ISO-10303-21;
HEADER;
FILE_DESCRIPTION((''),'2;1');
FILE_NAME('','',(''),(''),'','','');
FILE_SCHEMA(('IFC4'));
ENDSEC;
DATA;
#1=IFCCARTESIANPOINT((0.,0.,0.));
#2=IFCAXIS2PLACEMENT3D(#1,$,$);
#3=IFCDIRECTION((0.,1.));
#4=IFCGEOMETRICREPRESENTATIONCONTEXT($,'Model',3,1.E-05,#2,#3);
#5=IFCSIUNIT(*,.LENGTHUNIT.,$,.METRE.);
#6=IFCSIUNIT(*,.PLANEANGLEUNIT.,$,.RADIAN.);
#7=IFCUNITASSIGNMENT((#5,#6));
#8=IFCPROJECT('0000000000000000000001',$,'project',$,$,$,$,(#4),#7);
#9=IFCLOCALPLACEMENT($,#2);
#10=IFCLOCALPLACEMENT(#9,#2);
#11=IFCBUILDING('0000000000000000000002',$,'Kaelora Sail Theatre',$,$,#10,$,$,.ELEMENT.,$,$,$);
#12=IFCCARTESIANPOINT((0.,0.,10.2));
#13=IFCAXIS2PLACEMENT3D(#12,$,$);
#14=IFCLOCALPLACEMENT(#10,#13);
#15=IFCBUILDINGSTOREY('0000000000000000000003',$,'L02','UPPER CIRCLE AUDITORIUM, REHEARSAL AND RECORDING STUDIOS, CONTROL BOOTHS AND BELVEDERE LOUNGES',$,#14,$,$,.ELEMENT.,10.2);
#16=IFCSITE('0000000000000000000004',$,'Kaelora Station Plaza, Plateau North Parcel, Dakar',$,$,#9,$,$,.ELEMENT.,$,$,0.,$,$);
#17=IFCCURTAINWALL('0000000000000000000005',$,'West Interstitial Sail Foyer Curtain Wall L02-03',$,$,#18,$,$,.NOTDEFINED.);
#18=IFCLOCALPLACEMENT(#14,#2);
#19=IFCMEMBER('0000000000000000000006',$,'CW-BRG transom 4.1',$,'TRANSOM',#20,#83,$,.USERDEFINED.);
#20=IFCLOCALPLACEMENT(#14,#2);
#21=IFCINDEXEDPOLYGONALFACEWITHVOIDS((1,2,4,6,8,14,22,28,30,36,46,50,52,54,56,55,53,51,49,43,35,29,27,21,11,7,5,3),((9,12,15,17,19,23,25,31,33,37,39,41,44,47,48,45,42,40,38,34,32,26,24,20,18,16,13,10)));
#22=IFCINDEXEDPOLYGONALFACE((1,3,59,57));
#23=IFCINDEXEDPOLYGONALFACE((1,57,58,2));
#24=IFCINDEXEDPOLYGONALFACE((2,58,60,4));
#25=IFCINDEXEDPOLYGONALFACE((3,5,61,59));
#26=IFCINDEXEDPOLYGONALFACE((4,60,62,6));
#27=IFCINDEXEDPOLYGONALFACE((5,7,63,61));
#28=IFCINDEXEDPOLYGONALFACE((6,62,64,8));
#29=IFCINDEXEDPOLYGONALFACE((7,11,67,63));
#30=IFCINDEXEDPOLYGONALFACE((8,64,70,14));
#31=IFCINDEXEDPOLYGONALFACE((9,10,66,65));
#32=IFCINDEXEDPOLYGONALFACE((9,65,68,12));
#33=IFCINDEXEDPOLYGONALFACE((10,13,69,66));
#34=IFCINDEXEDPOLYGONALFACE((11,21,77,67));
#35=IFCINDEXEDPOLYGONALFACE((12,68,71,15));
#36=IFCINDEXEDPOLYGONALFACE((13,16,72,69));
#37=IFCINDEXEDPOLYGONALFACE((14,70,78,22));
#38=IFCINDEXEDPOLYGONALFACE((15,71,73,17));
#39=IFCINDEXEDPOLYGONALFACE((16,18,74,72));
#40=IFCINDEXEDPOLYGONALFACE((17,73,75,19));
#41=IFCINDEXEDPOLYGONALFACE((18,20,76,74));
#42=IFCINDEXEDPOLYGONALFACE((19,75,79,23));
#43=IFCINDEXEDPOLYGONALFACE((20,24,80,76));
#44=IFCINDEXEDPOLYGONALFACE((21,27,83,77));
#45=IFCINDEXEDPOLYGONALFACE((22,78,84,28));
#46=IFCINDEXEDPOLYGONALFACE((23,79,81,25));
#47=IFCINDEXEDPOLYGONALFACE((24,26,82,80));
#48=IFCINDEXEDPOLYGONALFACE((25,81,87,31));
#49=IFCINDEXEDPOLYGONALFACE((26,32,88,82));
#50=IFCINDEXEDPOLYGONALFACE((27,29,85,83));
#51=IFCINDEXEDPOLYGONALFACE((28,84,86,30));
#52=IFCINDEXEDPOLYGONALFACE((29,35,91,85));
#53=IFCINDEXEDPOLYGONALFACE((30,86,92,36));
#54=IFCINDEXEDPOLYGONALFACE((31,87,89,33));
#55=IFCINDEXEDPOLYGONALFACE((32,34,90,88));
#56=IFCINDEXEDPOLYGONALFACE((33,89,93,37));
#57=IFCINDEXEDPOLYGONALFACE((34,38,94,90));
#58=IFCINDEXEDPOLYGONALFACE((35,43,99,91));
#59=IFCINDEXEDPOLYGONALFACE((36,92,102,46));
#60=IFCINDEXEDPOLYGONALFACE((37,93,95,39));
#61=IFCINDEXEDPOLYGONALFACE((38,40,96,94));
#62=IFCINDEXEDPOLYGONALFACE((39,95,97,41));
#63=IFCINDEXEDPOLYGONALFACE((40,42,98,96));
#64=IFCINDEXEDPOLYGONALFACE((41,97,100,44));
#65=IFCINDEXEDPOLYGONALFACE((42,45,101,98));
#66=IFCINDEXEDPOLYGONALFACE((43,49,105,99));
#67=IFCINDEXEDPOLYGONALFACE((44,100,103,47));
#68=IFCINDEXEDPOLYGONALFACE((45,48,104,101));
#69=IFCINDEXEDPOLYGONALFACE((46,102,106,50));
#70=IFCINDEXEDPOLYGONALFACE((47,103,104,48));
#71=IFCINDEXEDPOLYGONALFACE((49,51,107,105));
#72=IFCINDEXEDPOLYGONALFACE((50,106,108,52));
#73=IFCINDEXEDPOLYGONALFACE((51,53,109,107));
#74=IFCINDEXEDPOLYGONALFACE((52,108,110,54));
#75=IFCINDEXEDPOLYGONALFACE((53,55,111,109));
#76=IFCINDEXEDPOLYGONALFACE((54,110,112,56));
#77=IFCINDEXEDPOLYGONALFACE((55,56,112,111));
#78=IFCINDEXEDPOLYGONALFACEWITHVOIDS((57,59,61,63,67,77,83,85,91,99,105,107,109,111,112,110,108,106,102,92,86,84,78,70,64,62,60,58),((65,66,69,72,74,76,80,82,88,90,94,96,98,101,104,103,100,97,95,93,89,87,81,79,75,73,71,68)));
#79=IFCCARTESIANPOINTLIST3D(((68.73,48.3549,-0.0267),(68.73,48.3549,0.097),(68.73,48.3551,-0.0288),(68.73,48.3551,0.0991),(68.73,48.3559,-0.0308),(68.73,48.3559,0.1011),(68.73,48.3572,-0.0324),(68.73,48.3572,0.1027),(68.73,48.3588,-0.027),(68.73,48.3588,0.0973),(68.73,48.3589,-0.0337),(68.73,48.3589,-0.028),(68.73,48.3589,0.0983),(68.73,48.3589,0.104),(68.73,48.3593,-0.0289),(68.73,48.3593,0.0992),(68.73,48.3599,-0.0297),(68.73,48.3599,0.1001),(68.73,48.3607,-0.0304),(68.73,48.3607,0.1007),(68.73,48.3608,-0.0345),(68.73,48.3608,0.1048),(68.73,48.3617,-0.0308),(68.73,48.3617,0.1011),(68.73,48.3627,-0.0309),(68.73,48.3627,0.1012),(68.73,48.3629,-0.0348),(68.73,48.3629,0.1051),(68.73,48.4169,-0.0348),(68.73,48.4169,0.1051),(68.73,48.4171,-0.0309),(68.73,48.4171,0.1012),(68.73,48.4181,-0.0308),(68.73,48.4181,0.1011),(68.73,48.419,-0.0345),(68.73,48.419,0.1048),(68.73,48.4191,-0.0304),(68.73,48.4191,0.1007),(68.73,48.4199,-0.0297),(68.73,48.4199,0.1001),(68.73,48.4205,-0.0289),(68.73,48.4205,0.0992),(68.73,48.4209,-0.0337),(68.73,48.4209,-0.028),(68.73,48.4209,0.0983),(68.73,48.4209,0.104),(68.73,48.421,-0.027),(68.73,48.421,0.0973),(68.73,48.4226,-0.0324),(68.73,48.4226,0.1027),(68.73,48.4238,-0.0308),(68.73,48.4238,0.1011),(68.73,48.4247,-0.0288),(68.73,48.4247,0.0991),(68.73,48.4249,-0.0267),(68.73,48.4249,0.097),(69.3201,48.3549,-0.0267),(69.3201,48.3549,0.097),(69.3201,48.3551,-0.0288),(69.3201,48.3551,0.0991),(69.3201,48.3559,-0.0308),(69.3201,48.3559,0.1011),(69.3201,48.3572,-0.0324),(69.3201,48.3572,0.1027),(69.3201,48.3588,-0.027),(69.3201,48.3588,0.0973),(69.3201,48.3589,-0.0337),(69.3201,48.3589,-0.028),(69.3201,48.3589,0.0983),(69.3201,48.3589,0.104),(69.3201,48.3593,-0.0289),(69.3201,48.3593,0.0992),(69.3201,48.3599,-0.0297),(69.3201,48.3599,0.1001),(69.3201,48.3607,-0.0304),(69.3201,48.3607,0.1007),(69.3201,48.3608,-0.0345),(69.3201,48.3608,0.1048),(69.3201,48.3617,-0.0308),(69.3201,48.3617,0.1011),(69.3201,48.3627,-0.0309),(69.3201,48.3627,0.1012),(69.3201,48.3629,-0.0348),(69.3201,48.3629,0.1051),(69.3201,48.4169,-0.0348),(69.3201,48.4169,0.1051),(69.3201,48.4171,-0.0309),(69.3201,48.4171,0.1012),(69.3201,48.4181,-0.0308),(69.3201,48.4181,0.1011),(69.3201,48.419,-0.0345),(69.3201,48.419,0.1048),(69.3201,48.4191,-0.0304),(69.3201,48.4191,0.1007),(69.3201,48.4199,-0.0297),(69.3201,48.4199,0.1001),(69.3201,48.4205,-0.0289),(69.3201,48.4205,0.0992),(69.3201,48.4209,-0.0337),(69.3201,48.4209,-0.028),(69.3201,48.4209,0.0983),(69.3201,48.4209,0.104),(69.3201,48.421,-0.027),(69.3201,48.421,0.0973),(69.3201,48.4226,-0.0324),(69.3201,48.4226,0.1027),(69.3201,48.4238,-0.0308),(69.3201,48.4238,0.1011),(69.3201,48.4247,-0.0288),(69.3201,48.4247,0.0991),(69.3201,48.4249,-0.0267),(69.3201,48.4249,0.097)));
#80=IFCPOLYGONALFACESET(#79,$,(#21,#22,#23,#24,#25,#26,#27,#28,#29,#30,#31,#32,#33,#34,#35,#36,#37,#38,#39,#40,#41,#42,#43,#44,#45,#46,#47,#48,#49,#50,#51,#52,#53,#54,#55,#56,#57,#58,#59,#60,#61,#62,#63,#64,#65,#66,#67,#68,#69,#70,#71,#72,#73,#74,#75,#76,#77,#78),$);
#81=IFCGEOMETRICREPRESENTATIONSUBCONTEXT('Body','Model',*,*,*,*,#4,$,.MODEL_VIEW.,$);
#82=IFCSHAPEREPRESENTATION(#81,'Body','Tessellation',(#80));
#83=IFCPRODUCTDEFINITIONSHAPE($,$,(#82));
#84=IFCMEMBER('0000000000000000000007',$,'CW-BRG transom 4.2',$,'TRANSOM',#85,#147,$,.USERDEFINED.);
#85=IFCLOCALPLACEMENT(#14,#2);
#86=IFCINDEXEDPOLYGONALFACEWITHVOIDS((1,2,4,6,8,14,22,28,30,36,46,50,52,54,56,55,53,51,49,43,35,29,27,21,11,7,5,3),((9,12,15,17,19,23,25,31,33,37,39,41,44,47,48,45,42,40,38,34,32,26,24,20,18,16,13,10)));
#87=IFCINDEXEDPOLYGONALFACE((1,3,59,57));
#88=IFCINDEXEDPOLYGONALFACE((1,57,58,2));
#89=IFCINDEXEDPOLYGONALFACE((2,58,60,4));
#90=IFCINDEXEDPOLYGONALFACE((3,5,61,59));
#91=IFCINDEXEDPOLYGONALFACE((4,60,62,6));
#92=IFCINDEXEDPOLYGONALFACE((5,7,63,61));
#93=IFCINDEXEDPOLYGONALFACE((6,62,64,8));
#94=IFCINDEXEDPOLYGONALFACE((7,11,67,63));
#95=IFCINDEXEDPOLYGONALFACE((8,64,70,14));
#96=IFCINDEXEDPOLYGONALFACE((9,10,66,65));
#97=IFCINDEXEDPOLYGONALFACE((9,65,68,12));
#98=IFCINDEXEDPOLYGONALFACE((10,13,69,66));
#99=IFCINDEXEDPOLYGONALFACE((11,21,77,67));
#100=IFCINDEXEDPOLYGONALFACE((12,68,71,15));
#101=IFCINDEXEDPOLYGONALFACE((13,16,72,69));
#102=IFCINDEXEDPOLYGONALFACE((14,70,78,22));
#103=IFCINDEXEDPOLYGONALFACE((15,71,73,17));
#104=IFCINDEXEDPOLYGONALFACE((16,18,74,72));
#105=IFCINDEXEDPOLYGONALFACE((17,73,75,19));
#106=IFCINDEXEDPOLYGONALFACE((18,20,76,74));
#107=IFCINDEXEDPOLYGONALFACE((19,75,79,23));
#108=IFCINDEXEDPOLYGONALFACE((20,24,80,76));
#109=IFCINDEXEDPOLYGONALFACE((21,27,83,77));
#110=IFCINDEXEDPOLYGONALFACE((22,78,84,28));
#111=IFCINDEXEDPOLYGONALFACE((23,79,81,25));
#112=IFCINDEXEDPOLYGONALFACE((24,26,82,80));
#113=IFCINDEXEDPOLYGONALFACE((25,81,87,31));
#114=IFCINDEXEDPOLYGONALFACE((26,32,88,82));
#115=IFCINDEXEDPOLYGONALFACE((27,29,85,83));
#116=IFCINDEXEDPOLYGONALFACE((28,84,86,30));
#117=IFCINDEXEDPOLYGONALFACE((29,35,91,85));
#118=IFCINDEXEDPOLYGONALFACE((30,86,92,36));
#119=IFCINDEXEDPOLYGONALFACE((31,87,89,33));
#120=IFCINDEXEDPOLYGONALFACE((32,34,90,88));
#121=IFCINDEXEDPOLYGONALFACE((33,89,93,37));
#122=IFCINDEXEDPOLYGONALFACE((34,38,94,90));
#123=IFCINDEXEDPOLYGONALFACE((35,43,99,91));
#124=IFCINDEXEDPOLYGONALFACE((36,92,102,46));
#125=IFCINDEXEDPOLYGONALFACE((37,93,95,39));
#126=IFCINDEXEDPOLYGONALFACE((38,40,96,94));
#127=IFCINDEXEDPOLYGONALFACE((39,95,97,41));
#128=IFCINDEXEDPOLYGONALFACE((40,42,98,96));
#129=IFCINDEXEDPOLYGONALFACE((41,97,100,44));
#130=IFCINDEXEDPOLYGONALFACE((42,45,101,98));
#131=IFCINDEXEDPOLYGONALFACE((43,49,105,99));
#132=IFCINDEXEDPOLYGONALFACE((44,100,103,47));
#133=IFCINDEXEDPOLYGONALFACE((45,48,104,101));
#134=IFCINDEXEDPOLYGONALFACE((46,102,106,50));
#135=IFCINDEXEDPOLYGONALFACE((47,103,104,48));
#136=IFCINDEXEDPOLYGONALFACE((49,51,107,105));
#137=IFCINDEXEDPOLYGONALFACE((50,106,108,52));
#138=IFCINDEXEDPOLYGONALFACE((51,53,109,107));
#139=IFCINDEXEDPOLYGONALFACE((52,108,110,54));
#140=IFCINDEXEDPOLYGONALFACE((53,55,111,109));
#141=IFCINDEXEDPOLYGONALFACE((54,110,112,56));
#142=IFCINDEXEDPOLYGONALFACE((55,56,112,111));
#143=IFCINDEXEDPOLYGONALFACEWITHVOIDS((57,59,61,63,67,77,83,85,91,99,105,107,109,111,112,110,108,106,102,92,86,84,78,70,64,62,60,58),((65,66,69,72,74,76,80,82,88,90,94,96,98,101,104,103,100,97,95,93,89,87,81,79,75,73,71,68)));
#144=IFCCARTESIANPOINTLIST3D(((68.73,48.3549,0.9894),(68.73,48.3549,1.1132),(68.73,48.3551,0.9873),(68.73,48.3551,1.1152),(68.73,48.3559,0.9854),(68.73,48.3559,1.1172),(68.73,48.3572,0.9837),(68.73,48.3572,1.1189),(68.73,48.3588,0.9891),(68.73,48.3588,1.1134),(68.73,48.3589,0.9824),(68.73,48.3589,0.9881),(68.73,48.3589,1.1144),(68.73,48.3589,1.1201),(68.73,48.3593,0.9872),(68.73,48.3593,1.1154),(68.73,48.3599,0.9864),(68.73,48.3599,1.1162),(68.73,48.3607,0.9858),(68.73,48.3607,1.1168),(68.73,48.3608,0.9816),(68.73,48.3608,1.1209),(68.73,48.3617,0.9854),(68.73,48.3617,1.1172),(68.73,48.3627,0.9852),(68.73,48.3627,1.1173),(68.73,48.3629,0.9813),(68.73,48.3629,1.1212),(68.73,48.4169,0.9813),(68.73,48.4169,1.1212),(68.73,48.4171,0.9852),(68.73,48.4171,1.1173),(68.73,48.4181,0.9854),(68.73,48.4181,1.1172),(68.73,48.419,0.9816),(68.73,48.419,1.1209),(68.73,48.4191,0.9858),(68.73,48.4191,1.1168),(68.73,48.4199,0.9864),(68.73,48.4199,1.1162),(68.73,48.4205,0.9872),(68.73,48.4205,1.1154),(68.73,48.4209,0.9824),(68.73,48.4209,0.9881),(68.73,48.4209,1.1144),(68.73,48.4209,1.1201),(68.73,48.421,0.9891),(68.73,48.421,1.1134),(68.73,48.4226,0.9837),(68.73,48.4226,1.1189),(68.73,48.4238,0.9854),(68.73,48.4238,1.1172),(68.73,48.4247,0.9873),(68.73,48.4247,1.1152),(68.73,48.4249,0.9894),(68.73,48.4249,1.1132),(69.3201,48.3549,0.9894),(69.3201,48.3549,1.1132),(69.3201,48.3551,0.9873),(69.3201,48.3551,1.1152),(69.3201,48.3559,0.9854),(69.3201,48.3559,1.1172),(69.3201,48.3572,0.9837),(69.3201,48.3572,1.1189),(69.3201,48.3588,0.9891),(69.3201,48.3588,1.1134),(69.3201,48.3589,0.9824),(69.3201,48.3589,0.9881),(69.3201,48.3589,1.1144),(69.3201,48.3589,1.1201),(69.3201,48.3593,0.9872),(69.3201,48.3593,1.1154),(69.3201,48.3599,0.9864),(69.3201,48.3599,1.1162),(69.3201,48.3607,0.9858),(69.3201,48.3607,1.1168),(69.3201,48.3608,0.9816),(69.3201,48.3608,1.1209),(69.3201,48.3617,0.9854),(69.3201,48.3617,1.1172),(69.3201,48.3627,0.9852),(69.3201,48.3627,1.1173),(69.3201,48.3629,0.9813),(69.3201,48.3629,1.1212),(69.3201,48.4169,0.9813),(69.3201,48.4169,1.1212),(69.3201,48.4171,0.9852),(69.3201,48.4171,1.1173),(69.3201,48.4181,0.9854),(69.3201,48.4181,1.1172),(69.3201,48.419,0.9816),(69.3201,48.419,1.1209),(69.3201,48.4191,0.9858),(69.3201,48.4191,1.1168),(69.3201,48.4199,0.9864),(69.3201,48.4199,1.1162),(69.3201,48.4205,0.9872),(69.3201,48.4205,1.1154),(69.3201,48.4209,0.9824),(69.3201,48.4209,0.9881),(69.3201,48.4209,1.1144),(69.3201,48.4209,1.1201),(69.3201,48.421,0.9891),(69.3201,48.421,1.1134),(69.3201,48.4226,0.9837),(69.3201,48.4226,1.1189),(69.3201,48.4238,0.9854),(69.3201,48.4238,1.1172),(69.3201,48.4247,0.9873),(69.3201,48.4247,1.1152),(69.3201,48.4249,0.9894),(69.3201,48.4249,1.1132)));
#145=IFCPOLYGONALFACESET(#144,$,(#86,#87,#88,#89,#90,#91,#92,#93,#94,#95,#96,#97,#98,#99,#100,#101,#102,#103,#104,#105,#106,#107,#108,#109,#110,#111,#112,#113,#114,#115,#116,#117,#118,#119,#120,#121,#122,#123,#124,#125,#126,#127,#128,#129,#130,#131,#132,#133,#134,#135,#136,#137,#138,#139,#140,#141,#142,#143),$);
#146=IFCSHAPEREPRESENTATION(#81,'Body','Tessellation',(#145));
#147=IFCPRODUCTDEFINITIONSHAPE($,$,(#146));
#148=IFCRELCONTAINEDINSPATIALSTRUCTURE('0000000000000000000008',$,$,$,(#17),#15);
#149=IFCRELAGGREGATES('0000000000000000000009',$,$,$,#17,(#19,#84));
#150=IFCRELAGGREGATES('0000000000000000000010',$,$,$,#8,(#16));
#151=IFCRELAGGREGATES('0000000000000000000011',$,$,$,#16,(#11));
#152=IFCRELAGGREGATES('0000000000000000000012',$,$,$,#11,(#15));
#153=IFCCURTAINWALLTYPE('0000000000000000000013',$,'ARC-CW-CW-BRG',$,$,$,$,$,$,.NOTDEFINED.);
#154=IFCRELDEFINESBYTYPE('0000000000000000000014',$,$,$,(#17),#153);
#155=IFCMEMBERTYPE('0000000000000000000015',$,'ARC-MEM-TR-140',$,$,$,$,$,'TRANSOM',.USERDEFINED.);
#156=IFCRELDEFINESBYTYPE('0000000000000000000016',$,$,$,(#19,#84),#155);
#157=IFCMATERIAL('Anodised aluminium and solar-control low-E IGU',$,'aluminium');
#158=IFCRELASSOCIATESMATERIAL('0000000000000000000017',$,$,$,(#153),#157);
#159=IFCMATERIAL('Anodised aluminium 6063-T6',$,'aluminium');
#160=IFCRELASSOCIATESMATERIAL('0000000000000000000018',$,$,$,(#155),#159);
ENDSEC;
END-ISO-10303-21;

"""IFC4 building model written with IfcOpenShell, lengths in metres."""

from ifc_helpers import new_model, si_unit, direction, frame, origin, origin_2d, place, context, subcontext, project, spatial, hollow_rectangle, extrude, material, material_profile, profile_set, type_object, element, aggregate, save


model = new_model("IFC4")

# Units and contexts
model_context = context("Model", 3, precision=1e-05, world=origin(), true_north=direction((0.0, 1.0)))
body_context = subcontext(model_context, "Body", "Model", "MODEL_VIEW")
ifc_project = project(units=[si_unit("LENGTHUNIT", "METRE"), si_unit("PLANEANGLEUNIT", "RADIAN")], contexts=[model_context])

# Site, building, storey
site_placement = place(None, origin())
site = spatial("IfcSite", under=ifc_project, at=site_placement, Name="Kaelora Station Plaza, Plateau North Parcel, Dakar", CompositionType="ELEMENT", RefElevation=0.0)
building_placement = place(site_placement, origin())
building = spatial("IfcBuilding", under=site, at=building_placement, Name="Kaelora Sail Theatre", CompositionType="ELEMENT")
storey_placement = place(building_placement, frame((0.0, 0.0, 10.2)))
storey = spatial("IfcBuildingStorey", under=building, at=storey_placement, Name="L02", Description="UPPER CIRCLE AUDITORIUM, REHEARSAL AND RECORDING STUDIOS, CONTROL BOOTHS AND BELVEDERE LOUNGES", CompositionType="ELEMENT", Elevation=10.2)

# Curtain wall, members
ifc_material_1 = material(Name="Anodised aluminium and solar-control low-E IGU", Category="aluminium")
curtain_wall_type = type_object("IfcCurtainWallType", Name="ARC-CW-CW-BRG", PredefinedType="NOTDEFINED", material=ifc_material_1)
curtain_wall_placement = place(storey_placement, origin())
curtain_wall = element("IfcCurtainWall", 1, at=curtain_wall_placement, inside=storey, type_object=curtain_wall_type, Name="West Interstitial Sail Foyer Curtain Wall L02-03", PredefinedType="NOTDEFINED")
ifc_material_2 = material(Name="Anodised aluminium 6063-T6", Category="aluminium")
ifc_material_profile_1 = material_profile(ifc_material_2, hollow_rectangle(XDim=0.0701, YDim=0.1399, WallThickness=0.0039, InnerFilletRadius=0.0039, OuterFilletRadius=0.0081, at=origin_2d()), Name="ALU-TRAN 70x140x4")
ifc_profile_set_1 = profile_set([ifc_material_profile_1], Name="Anodised aluminium 6063-T6")
member_type_1 = type_object("IfcMemberType", Name="ARC-MEM-TR-140", ElementType="TRANSOM", PredefinedType="USERDEFINED", material=ifc_profile_set_1)
member_1_placement = place(storey_placement, frame((68.73, 48.3899, 0.0352), z_axis=(1.0, 0.0, 0.0), x_axis=(0.0, 1.0, 0.0)))
member_1 = element("IfcMember", 2, at=member_1_placement, type_object=member_type_1, Name="CW-BRG transom 4.1", ObjectType="TRANSOM", PredefinedType="USERDEFINED", context=body_context, shape_type="SweptSolid", body=[
    extrude(hollow_rectangle(XDim=0.0701, YDim=0.1399, WallThickness=0.0039, InnerFilletRadius=0.0039, OuterFilletRadius=0.0081, at=origin_2d()), origin(), (0.0, 0.0, 1.0), 0.5901),
])
member_2_placement = place(storey_placement, frame((68.73, 48.3899, 1.0513), z_axis=(1.0, 0.0, 0.0), x_axis=(0.0, 1.0, 0.0)))
member_2 = element("IfcMember", 3, at=member_2_placement, type_object=member_type_1, Name="CW-BRG transom 4.2", ObjectType="TRANSOM", PredefinedType="USERDEFINED", context=body_context, shape_type="SweptSolid", body=[
    extrude(hollow_rectangle(XDim=0.0701, YDim=0.1399, WallThickness=0.0039, InnerFilletRadius=0.0039, OuterFilletRadius=0.0081, at=origin_2d()), origin(), (0.0, 0.0, 1.0), 0.5901),
])

aggregate(curtain_wall, [member_1, member_2])

save(model, "model.ifc")
